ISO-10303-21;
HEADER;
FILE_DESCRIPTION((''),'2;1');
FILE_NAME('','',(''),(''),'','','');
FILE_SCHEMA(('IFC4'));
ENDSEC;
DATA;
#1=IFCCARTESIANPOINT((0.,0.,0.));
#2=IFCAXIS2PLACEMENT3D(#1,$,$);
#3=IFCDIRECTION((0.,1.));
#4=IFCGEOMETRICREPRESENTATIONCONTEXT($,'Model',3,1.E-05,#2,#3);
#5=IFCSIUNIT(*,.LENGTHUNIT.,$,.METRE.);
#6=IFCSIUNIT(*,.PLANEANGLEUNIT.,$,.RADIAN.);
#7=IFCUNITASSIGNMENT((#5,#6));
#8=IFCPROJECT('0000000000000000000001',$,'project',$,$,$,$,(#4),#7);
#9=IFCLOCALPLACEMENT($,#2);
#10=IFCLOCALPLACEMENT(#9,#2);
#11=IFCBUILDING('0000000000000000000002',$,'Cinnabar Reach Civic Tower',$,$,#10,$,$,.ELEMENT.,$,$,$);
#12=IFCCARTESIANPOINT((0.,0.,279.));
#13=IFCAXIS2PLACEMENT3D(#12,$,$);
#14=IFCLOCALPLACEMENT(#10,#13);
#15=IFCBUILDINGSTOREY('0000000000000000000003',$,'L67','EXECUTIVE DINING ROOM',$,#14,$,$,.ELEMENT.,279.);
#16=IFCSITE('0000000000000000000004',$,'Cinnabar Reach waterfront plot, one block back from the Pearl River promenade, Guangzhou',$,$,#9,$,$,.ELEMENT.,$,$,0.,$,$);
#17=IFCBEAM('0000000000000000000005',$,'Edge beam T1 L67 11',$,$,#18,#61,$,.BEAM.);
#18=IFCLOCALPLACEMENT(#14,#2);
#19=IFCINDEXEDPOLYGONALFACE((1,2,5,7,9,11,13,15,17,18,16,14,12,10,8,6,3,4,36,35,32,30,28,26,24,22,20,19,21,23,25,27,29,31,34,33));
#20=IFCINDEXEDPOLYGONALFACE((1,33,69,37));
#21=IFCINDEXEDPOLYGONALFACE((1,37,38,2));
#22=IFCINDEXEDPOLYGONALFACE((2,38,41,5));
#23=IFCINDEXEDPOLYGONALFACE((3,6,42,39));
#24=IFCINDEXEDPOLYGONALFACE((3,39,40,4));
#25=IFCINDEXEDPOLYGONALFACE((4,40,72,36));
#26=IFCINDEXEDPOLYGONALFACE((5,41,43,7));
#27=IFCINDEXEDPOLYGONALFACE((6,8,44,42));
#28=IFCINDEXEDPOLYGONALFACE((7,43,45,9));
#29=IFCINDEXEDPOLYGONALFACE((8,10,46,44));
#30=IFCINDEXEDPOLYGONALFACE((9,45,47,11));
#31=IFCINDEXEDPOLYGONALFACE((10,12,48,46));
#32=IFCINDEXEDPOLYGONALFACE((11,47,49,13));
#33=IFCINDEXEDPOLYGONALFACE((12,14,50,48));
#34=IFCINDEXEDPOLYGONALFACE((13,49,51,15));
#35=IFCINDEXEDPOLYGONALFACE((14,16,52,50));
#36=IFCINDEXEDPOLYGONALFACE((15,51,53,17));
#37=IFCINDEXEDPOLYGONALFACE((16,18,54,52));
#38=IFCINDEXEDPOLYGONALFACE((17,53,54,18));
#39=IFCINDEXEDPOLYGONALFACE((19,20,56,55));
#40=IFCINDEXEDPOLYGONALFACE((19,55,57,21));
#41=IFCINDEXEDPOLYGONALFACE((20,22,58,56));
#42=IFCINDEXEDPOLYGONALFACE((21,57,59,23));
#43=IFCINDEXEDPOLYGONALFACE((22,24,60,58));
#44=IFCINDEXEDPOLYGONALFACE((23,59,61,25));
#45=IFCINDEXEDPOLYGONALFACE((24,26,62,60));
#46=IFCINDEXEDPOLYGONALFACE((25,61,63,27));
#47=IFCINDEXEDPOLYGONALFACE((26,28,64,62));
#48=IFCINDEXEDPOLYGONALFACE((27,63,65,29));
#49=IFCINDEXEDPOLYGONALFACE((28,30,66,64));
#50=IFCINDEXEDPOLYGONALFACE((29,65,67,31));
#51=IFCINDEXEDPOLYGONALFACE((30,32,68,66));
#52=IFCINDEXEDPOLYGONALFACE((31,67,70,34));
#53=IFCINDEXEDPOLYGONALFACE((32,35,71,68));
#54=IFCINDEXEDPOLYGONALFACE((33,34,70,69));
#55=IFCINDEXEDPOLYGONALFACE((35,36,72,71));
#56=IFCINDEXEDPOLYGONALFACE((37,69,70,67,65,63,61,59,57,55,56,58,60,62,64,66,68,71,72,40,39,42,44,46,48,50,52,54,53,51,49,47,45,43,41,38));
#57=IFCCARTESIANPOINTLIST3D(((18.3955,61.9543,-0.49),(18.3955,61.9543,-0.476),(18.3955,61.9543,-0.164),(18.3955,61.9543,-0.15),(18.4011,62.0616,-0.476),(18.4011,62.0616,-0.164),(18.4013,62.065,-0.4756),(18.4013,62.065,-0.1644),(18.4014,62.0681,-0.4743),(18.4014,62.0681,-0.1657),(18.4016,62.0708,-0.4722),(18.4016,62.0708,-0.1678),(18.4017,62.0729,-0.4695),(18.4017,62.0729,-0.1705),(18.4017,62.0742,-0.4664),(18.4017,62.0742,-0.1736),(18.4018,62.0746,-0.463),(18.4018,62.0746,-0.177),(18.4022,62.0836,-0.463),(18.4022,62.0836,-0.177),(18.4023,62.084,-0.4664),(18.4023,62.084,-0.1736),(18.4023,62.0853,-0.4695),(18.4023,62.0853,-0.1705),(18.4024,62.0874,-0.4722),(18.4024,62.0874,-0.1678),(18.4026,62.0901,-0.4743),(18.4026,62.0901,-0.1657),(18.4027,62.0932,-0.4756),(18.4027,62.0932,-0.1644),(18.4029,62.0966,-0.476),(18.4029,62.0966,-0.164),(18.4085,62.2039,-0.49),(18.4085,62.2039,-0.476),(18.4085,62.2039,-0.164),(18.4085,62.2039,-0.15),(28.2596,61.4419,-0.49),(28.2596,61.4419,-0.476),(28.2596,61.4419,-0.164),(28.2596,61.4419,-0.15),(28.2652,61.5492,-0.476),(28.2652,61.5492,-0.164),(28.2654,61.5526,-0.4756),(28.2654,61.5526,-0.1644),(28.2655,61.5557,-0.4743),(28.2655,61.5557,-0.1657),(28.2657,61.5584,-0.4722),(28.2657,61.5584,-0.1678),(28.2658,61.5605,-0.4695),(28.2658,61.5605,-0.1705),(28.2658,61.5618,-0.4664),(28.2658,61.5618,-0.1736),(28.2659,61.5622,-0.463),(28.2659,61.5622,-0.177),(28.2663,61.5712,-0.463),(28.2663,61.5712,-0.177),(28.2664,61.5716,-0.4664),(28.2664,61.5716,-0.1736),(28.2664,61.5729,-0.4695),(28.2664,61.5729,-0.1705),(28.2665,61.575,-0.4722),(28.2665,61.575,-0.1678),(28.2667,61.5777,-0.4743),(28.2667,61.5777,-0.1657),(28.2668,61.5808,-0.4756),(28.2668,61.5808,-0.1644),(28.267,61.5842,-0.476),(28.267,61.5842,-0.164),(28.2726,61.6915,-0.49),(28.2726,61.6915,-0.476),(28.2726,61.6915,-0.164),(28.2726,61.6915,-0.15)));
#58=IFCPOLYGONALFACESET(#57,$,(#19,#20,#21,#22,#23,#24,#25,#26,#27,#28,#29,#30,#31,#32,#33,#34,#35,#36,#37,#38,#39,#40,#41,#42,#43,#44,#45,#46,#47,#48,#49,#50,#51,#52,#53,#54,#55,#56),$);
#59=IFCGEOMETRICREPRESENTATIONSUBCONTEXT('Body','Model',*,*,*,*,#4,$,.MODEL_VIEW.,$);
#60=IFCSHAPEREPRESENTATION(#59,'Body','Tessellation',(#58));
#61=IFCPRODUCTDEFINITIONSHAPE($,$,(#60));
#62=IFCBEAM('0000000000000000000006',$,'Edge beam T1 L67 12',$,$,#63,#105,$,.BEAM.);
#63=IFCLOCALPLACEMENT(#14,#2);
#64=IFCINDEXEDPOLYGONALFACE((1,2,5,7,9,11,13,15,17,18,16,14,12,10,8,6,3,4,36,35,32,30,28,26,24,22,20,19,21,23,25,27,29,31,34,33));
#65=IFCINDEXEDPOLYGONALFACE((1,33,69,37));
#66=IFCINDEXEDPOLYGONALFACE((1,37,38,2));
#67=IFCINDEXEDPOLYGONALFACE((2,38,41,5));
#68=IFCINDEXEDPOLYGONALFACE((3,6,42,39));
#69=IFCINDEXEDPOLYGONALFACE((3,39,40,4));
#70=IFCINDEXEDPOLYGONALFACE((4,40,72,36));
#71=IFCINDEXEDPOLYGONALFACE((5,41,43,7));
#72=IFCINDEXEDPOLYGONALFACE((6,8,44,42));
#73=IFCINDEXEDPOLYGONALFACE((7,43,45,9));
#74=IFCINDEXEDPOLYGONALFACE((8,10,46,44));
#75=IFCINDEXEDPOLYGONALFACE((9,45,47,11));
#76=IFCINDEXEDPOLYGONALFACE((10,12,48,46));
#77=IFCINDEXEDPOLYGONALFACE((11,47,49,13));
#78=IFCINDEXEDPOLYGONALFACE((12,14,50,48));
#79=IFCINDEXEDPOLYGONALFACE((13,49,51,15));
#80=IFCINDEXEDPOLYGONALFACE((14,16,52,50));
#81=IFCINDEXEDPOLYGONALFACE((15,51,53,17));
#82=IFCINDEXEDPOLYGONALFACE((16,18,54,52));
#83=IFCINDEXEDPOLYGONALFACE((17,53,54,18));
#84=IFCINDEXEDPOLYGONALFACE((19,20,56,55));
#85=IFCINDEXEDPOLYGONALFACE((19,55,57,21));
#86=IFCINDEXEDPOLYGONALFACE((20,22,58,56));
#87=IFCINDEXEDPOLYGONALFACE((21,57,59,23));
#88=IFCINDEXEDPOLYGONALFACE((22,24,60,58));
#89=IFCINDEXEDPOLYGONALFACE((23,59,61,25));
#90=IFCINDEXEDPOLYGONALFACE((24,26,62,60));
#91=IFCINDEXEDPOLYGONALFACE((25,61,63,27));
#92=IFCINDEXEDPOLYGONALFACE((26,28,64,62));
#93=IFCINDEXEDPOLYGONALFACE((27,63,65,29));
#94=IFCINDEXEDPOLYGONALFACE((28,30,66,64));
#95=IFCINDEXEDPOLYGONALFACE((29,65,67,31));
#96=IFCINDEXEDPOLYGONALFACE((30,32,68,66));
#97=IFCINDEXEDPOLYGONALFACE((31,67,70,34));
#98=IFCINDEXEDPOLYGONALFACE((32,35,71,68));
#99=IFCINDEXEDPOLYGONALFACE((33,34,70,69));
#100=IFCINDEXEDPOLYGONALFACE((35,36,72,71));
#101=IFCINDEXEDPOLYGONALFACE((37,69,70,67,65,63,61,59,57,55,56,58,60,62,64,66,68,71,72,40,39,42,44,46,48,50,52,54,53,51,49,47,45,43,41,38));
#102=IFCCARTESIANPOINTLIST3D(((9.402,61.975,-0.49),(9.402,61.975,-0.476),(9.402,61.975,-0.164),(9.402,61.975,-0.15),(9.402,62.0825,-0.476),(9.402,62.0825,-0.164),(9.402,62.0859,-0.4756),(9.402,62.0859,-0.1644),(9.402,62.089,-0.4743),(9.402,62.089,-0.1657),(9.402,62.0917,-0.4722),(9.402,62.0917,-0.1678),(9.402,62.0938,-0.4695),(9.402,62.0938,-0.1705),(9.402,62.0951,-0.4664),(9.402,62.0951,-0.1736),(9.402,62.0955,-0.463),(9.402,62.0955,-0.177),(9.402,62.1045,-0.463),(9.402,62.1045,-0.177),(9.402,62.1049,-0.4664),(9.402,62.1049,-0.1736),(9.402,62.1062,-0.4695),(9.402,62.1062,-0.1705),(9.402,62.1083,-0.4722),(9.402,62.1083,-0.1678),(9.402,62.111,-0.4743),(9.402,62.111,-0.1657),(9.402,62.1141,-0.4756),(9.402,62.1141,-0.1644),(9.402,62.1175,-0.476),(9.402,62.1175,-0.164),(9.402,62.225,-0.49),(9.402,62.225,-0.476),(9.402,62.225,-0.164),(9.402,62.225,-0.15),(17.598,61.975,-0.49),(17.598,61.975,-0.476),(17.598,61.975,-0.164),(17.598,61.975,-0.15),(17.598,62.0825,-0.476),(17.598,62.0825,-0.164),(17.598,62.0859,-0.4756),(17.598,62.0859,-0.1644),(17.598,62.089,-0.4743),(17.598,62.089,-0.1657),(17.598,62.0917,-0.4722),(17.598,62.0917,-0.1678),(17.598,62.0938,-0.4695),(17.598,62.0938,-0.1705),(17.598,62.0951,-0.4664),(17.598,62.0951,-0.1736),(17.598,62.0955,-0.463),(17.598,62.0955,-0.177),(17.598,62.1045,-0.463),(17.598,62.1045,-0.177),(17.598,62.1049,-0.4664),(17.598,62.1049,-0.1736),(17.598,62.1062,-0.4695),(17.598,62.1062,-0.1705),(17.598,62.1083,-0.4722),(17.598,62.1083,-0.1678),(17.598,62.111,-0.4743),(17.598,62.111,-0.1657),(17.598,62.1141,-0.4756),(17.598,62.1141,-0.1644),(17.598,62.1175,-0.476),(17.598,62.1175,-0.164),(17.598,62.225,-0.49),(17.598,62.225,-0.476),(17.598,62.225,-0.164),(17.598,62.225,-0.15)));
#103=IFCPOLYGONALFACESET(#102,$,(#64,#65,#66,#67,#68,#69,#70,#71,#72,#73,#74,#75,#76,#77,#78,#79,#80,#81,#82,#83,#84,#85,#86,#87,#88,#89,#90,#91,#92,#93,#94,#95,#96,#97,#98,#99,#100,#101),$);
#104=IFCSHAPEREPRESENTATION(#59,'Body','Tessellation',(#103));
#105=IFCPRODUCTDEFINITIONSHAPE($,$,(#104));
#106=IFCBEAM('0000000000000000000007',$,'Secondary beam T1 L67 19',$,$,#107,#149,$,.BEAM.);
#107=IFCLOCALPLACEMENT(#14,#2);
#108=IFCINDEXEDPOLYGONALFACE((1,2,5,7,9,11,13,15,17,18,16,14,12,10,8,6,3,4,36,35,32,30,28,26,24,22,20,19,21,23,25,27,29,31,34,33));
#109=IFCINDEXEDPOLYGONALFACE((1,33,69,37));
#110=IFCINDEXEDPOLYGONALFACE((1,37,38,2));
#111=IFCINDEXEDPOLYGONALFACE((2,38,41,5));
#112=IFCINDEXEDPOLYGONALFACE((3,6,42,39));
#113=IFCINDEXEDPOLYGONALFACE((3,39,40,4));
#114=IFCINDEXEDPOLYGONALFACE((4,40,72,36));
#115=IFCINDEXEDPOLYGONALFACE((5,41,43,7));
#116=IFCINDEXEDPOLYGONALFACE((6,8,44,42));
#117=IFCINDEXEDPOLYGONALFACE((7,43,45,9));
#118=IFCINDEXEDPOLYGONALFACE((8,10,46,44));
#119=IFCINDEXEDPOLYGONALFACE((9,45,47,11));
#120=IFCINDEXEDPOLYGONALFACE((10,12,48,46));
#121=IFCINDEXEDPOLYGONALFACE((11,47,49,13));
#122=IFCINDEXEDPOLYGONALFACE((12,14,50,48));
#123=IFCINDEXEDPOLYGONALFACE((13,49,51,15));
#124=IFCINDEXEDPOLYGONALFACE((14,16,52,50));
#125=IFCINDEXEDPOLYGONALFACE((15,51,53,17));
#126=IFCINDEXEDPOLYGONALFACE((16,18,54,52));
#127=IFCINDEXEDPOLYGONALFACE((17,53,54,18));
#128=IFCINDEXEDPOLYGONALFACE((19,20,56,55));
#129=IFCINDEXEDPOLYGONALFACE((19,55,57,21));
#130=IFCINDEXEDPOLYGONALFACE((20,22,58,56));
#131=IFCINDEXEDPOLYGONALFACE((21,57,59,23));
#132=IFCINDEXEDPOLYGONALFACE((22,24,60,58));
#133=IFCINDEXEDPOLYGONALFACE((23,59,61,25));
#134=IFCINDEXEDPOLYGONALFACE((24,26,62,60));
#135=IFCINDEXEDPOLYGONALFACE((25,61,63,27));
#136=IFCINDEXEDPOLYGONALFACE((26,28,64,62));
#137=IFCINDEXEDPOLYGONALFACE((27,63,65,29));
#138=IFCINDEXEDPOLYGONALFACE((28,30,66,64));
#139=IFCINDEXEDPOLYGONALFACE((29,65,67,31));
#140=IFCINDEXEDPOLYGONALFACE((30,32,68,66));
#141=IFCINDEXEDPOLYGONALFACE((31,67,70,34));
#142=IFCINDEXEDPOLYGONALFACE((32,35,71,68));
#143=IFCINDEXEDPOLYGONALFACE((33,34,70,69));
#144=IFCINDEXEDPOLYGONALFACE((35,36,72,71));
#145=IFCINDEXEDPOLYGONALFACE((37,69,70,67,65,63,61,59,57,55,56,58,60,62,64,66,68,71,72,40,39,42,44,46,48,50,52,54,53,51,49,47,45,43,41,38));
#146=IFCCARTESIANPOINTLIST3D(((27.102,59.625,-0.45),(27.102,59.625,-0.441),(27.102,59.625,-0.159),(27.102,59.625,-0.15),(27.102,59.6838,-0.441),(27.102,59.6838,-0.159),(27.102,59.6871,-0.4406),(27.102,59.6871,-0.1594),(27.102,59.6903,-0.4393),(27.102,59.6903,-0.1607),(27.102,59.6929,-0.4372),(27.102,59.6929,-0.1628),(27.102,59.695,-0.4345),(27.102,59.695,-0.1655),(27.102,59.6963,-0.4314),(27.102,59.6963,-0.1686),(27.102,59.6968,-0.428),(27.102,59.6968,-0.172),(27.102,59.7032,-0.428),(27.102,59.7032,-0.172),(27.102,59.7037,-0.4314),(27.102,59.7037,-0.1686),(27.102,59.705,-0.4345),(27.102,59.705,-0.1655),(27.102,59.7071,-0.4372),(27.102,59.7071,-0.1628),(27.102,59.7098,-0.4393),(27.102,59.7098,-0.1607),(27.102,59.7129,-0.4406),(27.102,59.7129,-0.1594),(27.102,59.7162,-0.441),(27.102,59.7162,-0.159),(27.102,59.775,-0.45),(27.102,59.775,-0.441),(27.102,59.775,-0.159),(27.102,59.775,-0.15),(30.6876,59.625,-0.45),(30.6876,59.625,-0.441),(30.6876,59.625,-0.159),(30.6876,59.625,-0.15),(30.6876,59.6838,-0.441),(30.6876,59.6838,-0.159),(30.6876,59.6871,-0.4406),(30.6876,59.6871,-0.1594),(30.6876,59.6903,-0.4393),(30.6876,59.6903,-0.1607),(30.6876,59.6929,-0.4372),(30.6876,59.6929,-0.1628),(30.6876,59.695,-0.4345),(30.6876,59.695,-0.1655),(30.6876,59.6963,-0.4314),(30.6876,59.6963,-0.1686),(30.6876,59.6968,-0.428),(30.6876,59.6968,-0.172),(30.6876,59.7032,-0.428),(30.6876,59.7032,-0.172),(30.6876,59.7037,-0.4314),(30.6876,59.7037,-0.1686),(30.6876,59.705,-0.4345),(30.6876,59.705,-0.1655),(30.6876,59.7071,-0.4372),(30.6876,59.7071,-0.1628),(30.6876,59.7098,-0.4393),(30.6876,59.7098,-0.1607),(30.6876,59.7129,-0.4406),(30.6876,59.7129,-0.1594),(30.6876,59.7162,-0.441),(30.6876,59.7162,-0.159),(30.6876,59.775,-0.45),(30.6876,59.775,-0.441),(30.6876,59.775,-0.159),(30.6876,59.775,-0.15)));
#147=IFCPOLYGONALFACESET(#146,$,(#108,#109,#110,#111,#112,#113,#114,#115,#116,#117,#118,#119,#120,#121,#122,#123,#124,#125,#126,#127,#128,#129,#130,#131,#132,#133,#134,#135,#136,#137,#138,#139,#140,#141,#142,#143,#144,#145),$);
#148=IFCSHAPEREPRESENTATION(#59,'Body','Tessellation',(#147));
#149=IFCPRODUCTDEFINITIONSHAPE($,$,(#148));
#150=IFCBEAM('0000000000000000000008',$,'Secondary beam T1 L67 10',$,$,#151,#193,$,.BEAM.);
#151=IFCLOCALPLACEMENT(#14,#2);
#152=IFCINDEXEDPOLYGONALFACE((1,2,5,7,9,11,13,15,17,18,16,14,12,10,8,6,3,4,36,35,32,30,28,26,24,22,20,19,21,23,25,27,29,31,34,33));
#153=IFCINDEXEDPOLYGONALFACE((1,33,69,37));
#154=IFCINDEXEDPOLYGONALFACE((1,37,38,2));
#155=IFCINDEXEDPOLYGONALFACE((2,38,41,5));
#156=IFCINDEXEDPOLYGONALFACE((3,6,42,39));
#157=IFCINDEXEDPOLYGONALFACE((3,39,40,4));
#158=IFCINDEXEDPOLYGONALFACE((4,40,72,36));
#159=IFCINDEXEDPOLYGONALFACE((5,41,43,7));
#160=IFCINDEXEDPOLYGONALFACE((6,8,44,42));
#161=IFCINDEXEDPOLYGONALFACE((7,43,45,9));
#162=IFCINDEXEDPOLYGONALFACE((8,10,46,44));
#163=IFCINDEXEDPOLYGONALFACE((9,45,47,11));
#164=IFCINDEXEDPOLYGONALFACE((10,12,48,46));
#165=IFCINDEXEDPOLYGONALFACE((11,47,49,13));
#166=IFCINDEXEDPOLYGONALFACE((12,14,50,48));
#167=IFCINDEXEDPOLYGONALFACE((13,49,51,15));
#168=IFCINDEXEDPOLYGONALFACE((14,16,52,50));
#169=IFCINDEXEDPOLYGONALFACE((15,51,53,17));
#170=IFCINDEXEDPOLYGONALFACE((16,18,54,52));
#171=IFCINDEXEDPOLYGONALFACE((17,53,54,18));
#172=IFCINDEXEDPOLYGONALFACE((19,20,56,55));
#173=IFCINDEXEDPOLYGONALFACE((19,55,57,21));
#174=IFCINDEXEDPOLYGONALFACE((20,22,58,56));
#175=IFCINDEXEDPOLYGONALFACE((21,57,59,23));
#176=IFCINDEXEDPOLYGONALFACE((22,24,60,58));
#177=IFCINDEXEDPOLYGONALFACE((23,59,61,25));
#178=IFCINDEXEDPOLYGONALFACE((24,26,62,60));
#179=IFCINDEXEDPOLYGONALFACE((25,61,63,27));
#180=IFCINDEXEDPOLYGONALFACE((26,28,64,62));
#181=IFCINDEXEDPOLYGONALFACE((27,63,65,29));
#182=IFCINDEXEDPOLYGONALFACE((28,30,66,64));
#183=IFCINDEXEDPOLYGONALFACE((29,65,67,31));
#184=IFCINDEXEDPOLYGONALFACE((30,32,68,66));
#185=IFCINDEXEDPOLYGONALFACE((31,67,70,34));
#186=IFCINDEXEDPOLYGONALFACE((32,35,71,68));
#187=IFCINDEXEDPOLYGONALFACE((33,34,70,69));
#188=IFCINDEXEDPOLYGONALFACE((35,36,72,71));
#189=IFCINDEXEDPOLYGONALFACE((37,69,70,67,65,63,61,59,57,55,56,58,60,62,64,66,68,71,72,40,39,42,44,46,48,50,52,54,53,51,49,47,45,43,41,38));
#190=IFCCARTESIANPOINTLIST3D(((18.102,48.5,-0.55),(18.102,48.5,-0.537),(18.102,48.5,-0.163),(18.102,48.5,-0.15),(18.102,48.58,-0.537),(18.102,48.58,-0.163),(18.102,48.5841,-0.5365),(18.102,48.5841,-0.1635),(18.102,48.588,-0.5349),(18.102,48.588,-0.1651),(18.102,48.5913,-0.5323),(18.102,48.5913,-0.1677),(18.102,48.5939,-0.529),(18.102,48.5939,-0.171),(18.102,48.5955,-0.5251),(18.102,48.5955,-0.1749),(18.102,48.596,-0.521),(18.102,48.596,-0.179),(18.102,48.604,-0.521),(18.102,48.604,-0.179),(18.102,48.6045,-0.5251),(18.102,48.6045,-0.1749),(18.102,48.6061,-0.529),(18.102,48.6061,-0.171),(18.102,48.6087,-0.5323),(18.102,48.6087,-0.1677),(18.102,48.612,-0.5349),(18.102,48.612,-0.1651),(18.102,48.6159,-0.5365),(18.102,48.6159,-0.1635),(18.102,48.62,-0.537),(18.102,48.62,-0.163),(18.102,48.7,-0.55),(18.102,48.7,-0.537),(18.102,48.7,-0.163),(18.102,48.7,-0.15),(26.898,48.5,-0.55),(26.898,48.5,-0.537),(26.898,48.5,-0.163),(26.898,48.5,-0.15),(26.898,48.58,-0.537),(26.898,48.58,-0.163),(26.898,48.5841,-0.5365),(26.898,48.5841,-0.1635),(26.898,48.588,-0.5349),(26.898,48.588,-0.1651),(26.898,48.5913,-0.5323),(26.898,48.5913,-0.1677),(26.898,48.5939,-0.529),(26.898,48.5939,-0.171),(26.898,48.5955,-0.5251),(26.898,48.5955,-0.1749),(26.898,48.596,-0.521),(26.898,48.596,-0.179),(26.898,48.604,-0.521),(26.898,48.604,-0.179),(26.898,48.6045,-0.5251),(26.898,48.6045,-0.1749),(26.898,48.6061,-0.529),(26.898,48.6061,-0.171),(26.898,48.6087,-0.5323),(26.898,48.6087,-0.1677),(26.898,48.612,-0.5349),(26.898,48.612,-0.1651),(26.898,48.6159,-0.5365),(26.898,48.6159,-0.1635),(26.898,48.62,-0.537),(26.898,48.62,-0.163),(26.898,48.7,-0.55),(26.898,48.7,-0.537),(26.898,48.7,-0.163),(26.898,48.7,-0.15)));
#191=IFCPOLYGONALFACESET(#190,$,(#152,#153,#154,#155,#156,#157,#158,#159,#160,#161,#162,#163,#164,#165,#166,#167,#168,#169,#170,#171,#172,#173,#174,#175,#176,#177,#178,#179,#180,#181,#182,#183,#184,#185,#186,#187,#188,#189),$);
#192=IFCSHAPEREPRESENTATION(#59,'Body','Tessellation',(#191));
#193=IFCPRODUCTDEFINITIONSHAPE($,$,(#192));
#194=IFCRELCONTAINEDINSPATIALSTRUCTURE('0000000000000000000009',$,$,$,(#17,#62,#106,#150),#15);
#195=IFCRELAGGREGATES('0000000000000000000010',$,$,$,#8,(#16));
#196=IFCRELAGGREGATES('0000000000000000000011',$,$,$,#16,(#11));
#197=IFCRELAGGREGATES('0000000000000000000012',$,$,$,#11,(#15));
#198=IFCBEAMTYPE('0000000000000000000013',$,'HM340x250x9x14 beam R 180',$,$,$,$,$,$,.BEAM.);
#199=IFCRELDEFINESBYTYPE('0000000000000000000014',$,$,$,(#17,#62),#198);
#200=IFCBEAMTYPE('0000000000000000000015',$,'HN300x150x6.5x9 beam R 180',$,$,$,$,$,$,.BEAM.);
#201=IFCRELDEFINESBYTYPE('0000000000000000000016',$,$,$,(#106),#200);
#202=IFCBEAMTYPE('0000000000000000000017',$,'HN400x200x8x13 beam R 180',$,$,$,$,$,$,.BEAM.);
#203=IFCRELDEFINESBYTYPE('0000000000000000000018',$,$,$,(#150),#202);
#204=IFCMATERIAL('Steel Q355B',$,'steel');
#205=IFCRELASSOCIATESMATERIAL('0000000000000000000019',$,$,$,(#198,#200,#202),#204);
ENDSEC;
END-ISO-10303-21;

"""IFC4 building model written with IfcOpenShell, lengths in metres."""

from ifc_helpers import new_model, si_unit, direction, frame, origin, origin_2d, place, context, subcontext, project, spatial, i_section, extrude, material, material_profile, profile_set, type_object, element, save


model = new_model("IFC4")

# Units and contexts
model_context = context("Model", 3, precision=1e-05, world=origin(), true_north=direction((0.0, 1.0)))
body_context = subcontext(model_context, "Body", "Model", "MODEL_VIEW")
ifc_project = project(units=[si_unit("LENGTHUNIT", "METRE"), si_unit("PLANEANGLEUNIT", "RADIAN")], contexts=[model_context])

# Site, building, storey
site_placement = place(None, origin())
site = spatial("IfcSite", under=ifc_project, at=site_placement, Name="Cinnabar Reach waterfront plot, one block back from the Pearl River promenade, Guangzhou", CompositionType="ELEMENT", RefElevation=0.0)
building_placement = place(site_placement, origin())
building = spatial("IfcBuilding", under=site, at=building_placement, Name="Cinnabar Reach Civic Tower", CompositionType="ELEMENT")
storey_placement = place(building_placement, frame((0.0, 0.0, 279.0)))
storey = spatial("IfcBuildingStorey", under=building, at=storey_placement, Name="L67", Description="EXECUTIVE DINING ROOM", CompositionType="ELEMENT", Elevation=279.0)

# Beams
ifc_material_1 = material(Name="Steel Q355B", Category="steel")
ifc_material_profile_1 = material_profile(ifc_material_1, i_section(OverallWidth=0.25, OverallDepth=0.34, WebThickness=0.009, FlangeThickness=0.014, FilletRadius=0.013, at=origin_2d()), Name="HM340x250x9x14")
ifc_profile_set_1 = profile_set([ifc_material_profile_1], Name="Steel Q355B")
beam_type_1 = type_object("IfcBeamType", Name="HM340x250x9x14 beam R 180", PredefinedType="BEAM", material=ifc_profile_set_1)
beam_1_placement = place(storey_placement, frame((28.2661, 61.5667, -0.32), z_axis=(-0.998654, 0.051876, 0.0), x_axis=(-0.051876, -0.998654, 0.0)))
element("IfcBeam", 1, at=beam_1_placement, inside=storey, type_object=beam_type_1, Name="Edge beam T1 L67 11", PredefinedType="BEAM", context=body_context, shape_type="SweptSolid", body=[
    extrude(i_section(OverallWidth=0.25, OverallDepth=0.34, WebThickness=0.009, FlangeThickness=0.014, FilletRadius=0.013, at=origin_2d()), origin(), (0.0, 0.0, 1.0), 9.8774),
])
beam_2_placement = place(storey_placement, frame((17.598, 62.1, -0.32), z_axis=(-1.0, 0.0, 0.0), x_axis=(0.0, -1.0, 0.0)))
element("IfcBeam", 2, at=beam_2_placement, inside=storey, type_object=beam_type_1, Name="Edge beam T1 L67 12", PredefinedType="BEAM", context=body_context, shape_type="SweptSolid", body=[
    extrude(i_section(OverallWidth=0.25, OverallDepth=0.34, WebThickness=0.009, FlangeThickness=0.014, FilletRadius=0.013, at=origin_2d()), origin(), (0.0, 0.0, 1.0), 8.196),
])
ifc_material_profile_2 = material_profile(ifc_material_1, i_section(OverallWidth=0.15, OverallDepth=0.3, WebThickness=0.0065, FlangeThickness=0.009, FilletRadius=0.013, at=origin_2d()), Name="HN300x150x6.5x9")
ifc_profile_set_2 = profile_set([ifc_material_profile_2], Name="Steel Q355B")
beam_type_2 = type_object("IfcBeamType", Name="HN300x150x6.5x9 beam R 180", PredefinedType="BEAM", material=ifc_profile_set_2)
beam_3_placement = place(storey_placement, frame((27.102, 59.7, -0.3), z_axis=(1.0, 0.0, 0.0), x_axis=(0.0, 1.0, 0.0)))
element("IfcBeam", 3, at=beam_3_placement, inside=storey, type_object=beam_type_2, Name="Secondary beam T1 L67 19", PredefinedType="BEAM", context=body_context, shape_type="SweptSolid", body=[
    extrude(i_section(OverallWidth=0.15, OverallDepth=0.3, WebThickness=0.0065, FlangeThickness=0.009, FilletRadius=0.013, at=origin_2d()), origin(), (0.0, 0.0, 1.0), 3.5856),
])
ifc_material_profile_3 = material_profile(ifc_material_1, i_section(OverallWidth=0.2, OverallDepth=0.4, WebThickness=0.008, FlangeThickness=0.013, FilletRadius=0.016, at=origin_2d()), Name="HN400x200x8x13")
ifc_profile_set_3 = profile_set([ifc_material_profile_3], Name="Steel Q355B")
beam_type_3 = type_object("IfcBeamType", Name="HN400x200x8x13 beam R 180", PredefinedType="BEAM", material=ifc_profile_set_3)
beam_4_placement = place(storey_placement, frame((18.102, 48.6, -0.35), z_axis=(1.0, 0.0, 0.0), x_axis=(0.0, 1.0, 0.0)))
element("IfcBeam", 4, at=beam_4_placement, inside=storey, type_object=beam_type_3, Name="Secondary beam T1 L67 10", PredefinedType="BEAM", context=body_context, shape_type="SweptSolid", body=[
    extrude(i_section(OverallWidth=0.2, OverallDepth=0.4, WebThickness=0.008, FlangeThickness=0.013, FilletRadius=0.016, at=origin_2d()), origin(), (0.0, 0.0, 1.0), 8.796),
])

save(model, "model.ifc")
